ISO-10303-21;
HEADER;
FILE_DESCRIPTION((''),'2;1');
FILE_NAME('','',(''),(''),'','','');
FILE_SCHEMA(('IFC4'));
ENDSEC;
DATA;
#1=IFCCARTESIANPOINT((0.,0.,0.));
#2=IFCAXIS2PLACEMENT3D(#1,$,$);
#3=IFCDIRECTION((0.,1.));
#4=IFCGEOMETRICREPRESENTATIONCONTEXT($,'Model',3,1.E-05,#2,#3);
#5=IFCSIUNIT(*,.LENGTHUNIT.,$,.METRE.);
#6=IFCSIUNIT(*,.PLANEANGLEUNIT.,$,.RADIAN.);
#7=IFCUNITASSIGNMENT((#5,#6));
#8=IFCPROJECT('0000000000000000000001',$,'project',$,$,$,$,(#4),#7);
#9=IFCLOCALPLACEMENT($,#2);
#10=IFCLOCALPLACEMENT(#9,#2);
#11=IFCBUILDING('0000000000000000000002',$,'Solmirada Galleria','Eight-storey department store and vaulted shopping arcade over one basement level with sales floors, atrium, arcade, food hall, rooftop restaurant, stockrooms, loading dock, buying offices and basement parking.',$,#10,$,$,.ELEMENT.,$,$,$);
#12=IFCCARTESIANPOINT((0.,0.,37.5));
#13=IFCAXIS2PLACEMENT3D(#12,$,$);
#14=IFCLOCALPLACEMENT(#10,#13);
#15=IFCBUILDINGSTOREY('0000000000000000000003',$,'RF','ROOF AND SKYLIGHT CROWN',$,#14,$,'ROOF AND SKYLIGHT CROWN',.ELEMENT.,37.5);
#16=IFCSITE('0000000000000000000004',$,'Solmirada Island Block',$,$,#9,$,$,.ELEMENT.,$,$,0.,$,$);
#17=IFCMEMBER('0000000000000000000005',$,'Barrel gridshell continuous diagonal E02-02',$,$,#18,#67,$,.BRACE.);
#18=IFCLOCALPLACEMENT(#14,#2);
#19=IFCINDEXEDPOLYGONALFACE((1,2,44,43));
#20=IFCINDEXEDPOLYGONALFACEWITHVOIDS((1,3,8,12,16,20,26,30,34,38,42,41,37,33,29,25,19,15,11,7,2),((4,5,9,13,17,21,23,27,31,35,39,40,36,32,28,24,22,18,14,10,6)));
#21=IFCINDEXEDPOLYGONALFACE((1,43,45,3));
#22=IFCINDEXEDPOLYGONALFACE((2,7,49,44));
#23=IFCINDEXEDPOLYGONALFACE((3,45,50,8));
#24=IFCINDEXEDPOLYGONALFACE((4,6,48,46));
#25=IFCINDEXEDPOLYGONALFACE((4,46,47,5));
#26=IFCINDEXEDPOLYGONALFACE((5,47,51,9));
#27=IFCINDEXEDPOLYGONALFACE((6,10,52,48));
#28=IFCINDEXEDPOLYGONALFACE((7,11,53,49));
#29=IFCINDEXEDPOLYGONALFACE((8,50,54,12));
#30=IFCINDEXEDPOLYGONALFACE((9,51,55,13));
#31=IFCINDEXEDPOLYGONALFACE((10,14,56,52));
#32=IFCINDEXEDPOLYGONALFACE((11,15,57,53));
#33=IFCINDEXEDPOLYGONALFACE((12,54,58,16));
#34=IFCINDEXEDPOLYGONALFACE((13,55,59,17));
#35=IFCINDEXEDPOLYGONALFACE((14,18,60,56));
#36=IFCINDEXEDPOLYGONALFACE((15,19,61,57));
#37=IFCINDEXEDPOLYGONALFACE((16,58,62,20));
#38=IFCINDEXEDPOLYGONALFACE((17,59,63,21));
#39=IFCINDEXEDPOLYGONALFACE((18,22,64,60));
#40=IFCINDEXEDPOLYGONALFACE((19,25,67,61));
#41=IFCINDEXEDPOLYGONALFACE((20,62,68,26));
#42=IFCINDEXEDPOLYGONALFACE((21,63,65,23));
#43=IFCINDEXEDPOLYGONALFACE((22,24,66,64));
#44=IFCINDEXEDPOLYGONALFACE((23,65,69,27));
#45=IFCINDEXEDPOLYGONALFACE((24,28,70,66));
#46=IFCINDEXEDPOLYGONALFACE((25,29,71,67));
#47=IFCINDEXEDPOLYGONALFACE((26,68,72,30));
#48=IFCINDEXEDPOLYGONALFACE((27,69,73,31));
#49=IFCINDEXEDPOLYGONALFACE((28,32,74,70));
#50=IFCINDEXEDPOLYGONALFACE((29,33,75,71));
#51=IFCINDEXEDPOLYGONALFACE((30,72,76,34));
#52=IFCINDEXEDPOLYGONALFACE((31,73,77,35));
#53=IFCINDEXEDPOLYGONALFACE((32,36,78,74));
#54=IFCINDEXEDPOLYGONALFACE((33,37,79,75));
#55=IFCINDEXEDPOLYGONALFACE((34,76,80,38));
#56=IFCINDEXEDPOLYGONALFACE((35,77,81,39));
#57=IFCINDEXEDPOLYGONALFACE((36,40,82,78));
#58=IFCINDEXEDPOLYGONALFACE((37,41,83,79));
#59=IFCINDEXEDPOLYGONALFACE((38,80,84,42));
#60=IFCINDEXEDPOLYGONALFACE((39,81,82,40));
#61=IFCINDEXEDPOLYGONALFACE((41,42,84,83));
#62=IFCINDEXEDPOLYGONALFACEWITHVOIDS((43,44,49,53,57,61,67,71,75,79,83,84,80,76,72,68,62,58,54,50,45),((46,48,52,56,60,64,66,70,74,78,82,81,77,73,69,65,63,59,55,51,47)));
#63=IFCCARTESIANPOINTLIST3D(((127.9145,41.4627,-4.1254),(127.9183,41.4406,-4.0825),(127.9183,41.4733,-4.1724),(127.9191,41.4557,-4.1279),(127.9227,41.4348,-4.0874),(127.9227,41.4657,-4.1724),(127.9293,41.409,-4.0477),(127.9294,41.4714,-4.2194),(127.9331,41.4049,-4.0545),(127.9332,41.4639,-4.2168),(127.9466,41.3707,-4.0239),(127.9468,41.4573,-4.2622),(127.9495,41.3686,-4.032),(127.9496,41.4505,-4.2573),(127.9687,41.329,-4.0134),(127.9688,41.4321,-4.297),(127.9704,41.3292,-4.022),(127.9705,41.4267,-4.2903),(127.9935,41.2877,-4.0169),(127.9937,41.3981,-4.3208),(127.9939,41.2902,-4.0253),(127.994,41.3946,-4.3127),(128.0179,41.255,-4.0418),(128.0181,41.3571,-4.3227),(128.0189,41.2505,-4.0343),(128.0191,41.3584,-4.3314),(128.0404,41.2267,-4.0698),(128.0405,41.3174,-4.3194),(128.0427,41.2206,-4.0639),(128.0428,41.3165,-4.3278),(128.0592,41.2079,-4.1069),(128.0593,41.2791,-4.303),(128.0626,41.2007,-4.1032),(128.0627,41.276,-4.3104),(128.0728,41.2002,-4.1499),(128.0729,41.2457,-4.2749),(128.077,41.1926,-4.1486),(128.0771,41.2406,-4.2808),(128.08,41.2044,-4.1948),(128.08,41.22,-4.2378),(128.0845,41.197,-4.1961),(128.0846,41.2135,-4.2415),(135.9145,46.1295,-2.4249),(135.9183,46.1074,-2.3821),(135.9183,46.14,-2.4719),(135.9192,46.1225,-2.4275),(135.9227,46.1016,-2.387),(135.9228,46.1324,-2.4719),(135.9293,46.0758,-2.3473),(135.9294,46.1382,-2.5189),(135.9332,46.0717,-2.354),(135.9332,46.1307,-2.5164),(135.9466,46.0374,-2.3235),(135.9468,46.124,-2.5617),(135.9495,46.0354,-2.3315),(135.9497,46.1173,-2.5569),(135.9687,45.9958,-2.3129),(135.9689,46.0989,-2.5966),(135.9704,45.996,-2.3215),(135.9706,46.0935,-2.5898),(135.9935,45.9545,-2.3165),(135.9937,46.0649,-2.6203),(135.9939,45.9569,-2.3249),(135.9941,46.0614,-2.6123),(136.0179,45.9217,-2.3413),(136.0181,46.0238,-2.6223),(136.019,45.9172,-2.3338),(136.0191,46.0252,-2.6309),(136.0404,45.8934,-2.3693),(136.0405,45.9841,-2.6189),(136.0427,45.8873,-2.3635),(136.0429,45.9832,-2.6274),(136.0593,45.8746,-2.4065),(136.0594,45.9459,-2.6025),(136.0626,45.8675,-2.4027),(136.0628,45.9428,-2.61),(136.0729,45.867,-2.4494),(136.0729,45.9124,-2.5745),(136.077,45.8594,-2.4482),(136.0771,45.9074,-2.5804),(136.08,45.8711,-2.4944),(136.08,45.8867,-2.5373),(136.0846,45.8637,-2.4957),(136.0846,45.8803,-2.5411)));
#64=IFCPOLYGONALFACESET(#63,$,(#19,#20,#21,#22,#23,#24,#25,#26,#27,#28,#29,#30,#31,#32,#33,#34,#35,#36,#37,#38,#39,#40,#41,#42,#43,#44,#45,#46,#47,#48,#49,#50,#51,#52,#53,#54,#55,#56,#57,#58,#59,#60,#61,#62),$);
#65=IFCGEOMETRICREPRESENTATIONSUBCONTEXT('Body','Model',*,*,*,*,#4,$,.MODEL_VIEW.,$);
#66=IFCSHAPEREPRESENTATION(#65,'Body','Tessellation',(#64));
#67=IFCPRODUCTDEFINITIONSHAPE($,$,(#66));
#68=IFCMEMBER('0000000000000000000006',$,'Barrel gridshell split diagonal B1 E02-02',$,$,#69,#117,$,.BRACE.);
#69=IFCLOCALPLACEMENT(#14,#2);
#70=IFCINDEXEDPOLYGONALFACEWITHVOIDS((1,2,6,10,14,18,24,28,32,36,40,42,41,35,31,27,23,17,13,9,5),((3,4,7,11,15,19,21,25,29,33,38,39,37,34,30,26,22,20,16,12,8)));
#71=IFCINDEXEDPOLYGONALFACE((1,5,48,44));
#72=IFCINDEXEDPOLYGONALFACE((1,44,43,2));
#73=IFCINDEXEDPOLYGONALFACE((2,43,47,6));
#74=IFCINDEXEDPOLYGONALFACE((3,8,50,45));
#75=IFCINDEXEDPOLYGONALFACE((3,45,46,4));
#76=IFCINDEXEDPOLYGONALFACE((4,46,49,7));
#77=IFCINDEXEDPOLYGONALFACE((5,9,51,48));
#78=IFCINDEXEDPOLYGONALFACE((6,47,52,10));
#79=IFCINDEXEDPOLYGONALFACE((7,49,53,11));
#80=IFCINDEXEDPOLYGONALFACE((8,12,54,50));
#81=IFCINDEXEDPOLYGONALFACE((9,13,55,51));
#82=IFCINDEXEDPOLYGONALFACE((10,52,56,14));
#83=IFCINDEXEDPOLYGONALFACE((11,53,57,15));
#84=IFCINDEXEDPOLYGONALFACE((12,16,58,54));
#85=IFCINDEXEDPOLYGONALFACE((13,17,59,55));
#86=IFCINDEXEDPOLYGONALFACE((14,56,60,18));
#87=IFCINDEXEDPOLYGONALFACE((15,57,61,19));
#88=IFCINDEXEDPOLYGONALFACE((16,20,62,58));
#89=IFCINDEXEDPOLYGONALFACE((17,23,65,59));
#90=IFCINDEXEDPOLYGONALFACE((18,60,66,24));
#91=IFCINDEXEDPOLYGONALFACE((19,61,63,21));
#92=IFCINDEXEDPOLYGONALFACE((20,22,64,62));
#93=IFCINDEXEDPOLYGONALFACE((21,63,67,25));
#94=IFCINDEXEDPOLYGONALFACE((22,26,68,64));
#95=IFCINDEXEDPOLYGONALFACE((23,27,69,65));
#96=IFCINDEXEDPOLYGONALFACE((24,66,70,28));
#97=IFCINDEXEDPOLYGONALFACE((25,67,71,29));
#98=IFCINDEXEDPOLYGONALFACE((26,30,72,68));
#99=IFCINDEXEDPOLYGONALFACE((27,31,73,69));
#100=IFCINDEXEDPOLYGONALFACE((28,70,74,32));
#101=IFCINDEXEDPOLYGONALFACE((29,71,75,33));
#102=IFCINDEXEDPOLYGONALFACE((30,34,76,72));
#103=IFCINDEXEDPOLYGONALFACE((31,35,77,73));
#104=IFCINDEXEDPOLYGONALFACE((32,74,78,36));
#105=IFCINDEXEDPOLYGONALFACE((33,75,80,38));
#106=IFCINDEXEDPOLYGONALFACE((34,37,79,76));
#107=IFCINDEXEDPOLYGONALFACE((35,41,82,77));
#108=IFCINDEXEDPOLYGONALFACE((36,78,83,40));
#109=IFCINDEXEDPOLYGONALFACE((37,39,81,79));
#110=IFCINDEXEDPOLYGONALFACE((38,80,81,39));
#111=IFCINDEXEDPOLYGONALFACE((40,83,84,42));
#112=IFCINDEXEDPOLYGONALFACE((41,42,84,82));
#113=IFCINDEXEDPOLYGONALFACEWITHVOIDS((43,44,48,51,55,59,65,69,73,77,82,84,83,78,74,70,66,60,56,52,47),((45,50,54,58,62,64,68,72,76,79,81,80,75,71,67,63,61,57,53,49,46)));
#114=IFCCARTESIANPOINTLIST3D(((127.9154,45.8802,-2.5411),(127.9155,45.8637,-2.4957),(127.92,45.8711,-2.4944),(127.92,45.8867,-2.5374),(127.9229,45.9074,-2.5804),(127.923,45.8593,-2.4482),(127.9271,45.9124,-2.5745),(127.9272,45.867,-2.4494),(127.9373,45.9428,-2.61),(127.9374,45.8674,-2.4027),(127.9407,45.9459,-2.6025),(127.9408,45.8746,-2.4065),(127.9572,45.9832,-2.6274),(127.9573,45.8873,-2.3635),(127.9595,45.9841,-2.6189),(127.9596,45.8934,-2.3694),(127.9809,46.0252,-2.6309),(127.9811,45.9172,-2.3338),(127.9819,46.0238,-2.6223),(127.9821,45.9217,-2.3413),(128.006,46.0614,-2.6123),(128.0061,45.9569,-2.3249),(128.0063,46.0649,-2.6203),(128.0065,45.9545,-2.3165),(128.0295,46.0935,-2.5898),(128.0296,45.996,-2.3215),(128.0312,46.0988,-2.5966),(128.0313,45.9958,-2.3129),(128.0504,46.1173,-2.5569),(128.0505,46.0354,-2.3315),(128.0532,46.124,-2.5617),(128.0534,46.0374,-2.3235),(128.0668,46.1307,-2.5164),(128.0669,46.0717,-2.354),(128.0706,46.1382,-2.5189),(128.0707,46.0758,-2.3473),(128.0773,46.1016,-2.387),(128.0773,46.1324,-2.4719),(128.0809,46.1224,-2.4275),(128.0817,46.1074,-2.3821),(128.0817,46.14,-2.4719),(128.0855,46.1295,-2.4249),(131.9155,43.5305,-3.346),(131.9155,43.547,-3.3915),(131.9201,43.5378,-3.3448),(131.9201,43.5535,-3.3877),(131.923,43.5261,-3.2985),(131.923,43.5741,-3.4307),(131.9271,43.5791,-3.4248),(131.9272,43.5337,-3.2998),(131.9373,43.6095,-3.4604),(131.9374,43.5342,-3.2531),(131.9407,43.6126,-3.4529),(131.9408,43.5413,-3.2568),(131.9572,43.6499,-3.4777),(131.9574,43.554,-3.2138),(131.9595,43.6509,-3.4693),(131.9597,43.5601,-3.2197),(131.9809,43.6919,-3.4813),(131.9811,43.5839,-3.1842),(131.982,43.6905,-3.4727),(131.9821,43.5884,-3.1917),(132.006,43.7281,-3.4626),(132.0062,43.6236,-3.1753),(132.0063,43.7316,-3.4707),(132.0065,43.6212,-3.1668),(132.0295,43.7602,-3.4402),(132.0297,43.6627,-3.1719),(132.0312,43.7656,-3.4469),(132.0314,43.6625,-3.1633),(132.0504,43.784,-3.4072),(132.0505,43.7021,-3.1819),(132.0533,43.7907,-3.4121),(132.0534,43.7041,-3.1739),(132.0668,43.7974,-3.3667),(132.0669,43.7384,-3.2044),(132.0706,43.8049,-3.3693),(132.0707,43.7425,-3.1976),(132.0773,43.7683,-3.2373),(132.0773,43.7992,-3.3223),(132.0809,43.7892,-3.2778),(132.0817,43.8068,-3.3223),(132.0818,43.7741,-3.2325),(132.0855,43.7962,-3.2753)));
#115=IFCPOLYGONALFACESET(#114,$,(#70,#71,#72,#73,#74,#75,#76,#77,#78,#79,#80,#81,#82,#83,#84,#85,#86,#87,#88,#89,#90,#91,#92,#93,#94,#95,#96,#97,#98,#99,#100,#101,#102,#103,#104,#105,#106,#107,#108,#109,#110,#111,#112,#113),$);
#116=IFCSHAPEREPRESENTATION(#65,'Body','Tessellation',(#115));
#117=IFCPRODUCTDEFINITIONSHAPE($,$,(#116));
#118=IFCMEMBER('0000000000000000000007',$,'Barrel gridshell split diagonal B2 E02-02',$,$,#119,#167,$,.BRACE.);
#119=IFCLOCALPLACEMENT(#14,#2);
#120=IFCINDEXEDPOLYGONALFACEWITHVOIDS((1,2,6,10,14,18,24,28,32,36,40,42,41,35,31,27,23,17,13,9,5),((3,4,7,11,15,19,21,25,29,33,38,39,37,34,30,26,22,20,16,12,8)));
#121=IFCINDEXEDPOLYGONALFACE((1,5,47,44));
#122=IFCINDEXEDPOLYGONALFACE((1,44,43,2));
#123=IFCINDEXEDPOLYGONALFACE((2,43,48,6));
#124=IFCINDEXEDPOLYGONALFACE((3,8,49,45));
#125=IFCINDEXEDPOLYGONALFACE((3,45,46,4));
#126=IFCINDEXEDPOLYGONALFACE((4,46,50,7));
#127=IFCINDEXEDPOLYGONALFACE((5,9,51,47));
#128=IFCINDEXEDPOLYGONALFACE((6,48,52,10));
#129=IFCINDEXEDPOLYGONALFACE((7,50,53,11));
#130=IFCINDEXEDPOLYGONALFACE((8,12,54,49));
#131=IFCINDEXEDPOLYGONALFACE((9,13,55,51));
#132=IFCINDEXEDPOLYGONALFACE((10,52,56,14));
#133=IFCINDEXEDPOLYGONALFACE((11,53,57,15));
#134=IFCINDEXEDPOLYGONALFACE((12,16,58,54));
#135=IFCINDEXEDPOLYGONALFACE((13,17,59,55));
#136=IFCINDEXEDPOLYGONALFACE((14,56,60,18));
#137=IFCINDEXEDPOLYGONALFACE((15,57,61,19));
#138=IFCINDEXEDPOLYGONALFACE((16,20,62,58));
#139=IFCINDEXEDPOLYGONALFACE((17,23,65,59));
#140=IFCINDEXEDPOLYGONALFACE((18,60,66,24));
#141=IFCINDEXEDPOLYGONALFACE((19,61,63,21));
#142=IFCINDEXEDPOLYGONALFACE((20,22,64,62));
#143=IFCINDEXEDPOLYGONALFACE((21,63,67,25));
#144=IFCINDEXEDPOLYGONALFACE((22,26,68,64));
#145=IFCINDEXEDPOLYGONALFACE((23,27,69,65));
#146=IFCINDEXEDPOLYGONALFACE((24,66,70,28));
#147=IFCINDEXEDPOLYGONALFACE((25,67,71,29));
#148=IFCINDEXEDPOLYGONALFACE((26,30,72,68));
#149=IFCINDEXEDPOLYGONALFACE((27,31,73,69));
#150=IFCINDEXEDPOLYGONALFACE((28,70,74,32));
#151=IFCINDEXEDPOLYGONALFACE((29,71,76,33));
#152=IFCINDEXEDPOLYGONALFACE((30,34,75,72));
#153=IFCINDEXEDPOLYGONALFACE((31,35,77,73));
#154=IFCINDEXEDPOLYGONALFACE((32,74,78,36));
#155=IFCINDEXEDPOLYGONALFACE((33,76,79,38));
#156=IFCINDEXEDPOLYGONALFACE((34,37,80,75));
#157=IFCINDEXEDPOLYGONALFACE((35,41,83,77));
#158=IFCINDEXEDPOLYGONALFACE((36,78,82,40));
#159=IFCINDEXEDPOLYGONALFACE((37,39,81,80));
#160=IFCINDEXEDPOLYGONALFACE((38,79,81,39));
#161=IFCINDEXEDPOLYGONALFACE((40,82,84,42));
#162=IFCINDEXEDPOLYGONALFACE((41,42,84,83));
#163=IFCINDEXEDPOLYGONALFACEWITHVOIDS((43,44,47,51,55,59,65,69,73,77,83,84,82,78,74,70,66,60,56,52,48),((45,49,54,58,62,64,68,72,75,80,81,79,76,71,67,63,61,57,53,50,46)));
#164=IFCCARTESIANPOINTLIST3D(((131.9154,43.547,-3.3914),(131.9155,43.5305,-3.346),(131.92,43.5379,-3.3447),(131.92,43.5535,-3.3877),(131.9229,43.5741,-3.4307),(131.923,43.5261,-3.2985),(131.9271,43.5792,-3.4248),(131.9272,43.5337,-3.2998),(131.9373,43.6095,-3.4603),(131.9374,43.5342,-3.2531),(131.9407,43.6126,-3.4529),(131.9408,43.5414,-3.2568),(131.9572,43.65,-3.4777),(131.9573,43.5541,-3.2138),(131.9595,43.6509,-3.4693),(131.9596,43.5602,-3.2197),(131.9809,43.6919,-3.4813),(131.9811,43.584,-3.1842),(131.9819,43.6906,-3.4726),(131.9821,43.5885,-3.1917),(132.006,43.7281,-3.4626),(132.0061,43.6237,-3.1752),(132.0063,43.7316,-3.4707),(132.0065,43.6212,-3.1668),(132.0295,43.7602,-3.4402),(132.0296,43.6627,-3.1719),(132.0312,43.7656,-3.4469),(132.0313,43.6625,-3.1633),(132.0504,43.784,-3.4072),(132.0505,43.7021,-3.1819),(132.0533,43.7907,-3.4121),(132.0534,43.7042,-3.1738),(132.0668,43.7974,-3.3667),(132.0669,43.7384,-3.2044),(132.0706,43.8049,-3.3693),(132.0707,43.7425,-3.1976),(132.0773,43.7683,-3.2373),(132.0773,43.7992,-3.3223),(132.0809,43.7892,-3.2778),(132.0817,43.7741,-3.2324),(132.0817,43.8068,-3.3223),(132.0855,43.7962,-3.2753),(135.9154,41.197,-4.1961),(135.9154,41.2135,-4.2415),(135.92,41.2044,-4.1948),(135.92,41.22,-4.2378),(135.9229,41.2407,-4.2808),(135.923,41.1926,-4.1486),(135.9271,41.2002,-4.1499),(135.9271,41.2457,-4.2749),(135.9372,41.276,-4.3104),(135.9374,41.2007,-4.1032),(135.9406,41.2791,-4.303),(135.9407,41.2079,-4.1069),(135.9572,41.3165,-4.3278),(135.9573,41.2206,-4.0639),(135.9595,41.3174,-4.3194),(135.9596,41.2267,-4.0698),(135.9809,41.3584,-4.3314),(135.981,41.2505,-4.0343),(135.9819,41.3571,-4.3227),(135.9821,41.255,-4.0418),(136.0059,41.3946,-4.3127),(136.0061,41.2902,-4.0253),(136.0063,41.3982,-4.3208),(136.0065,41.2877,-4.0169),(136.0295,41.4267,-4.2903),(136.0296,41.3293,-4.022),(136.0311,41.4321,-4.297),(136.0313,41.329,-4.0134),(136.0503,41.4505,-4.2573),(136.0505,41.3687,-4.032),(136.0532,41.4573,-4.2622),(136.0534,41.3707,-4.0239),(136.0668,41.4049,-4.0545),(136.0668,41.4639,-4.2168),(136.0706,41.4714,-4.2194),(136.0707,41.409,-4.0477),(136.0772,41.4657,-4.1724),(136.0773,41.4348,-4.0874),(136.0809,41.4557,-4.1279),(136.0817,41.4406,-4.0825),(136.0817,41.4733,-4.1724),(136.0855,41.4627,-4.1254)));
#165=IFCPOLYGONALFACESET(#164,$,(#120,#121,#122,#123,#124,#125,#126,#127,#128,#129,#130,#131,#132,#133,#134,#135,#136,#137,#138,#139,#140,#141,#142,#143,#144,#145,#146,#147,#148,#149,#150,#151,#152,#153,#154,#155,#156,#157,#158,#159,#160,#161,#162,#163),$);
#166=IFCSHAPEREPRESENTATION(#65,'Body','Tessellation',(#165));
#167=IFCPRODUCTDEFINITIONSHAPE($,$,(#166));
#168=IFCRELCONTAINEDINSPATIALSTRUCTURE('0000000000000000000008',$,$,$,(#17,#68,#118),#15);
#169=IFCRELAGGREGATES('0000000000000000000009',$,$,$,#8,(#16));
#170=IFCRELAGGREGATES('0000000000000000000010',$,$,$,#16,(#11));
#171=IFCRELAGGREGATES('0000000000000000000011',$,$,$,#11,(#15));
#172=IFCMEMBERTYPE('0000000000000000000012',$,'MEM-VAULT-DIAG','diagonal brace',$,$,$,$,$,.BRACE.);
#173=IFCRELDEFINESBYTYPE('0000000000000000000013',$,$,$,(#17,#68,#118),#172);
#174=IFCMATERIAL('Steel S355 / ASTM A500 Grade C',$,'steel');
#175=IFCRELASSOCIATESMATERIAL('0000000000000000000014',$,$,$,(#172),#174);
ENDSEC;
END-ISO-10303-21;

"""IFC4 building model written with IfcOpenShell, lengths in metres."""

from ifc_helpers import new_model, si_unit, direction, frame, origin, origin_2d, place, context, subcontext, project, spatial, hollow_circle, extrude, material, material_profile, profile_set, type_object, element, save


model = new_model("IFC4")

# Units and contexts
model_context = context("Model", 3, precision=1e-05, world=origin(), true_north=direction((0.0, 1.0)))
body_context = subcontext(model_context, "Body", "Model", "MODEL_VIEW")
ifc_project = project(units=[si_unit("LENGTHUNIT", "METRE"), si_unit("PLANEANGLEUNIT", "RADIAN")], contexts=[model_context])

# Site, building, storey
site_placement = place(None, origin())
site = spatial("IfcSite", under=ifc_project, at=site_placement, Name="Solmirada Island Block", CompositionType="ELEMENT", RefElevation=0.0)
building_placement = place(site_placement, origin())
building = spatial("IfcBuilding", under=site, at=building_placement, Name="Solmirada Galleria", Description="Eight-storey department store and vaulted shopping arcade over one basement level with sales floors, atrium, arcade, food hall, rooftop restaurant, stockrooms, loading dock, buying offices and basement parking.", CompositionType="ELEMENT")
storey_placement = place(building_placement, frame((0.0, 0.0, 37.5)))
storey = spatial("IfcBuildingStorey", under=building, at=storey_placement, Name="RF", Description="ROOF AND SKYLIGHT CROWN", LongName="ROOF AND SKYLIGHT CROWN", CompositionType="ELEMENT", Elevation=37.5)

# Members
ifc_material_1 = material(Name="Steel S355 / ASTM A500 Grade C", Category="steel")
ifc_material_profile_1 = material_profile(ifc_material_1, hollow_circle(Radius=0.1621, WallThickness=0.0088, at=origin_2d()), Name="HSS12.750X0.375")
ifc_profile_set_1 = profile_set([ifc_material_profile_1], Name="Steel S355 / ASTM A500 Grade C")
member_type_1 = type_object("IfcMemberType", Name="MEM-VAULT-DIAG", Description="diagonal brace", PredefinedType="BRACE", material=ifc_profile_set_1)
member_1_placement = place(storey_placement, frame((128.0, 41.3333, -4.1724), z_axis=(0.849575, 0.495594, 0.180581), x_axis=(-0.503878, 0.863775, 0.0)))
element("IfcMember", 1, at=member_1_placement, inside=storey, type_object=member_type_1, Name="Barrel gridshell continuous diagonal E02-02", PredefinedType="BRACE", context=body_context, shape_type="SweptSolid", body=[
    extrude(hollow_circle(Radius=0.1621, WallThickness=0.0088, at=origin_2d()), origin(), (0.0, 0.0, 1.0), 9.4165),
])
for number, where, z_axis, x_axis, name in (
    (2, (128.0, 46.0, -2.4719), (0.849582, -0.495572, -0.180609), (0.503858, 0.863787, 0.0), "Barrel gridshell split diagonal B1 E02-02"),
    (3, (132.0, 43.6667, -3.3223), (0.849568, -0.495616, -0.180554), (0.503897, 0.863764, 0.0), "Barrel gridshell split diagonal B2 E02-02"),
):
    element("IfcMember", number, at=place(storey_placement, frame(where, z_axis=z_axis, x_axis=x_axis)), inside=storey, type_object=member_type_1, Name=name, PredefinedType="BRACE", context=body_context, shape_type="SweptSolid", body=[
        extrude(hollow_circle(Radius=0.1621, WallThickness=0.0088, at=origin_2d()), origin(), (0.0, 0.0, 1.0), 4.7083),
    ])

save(model, "model.ifc")
